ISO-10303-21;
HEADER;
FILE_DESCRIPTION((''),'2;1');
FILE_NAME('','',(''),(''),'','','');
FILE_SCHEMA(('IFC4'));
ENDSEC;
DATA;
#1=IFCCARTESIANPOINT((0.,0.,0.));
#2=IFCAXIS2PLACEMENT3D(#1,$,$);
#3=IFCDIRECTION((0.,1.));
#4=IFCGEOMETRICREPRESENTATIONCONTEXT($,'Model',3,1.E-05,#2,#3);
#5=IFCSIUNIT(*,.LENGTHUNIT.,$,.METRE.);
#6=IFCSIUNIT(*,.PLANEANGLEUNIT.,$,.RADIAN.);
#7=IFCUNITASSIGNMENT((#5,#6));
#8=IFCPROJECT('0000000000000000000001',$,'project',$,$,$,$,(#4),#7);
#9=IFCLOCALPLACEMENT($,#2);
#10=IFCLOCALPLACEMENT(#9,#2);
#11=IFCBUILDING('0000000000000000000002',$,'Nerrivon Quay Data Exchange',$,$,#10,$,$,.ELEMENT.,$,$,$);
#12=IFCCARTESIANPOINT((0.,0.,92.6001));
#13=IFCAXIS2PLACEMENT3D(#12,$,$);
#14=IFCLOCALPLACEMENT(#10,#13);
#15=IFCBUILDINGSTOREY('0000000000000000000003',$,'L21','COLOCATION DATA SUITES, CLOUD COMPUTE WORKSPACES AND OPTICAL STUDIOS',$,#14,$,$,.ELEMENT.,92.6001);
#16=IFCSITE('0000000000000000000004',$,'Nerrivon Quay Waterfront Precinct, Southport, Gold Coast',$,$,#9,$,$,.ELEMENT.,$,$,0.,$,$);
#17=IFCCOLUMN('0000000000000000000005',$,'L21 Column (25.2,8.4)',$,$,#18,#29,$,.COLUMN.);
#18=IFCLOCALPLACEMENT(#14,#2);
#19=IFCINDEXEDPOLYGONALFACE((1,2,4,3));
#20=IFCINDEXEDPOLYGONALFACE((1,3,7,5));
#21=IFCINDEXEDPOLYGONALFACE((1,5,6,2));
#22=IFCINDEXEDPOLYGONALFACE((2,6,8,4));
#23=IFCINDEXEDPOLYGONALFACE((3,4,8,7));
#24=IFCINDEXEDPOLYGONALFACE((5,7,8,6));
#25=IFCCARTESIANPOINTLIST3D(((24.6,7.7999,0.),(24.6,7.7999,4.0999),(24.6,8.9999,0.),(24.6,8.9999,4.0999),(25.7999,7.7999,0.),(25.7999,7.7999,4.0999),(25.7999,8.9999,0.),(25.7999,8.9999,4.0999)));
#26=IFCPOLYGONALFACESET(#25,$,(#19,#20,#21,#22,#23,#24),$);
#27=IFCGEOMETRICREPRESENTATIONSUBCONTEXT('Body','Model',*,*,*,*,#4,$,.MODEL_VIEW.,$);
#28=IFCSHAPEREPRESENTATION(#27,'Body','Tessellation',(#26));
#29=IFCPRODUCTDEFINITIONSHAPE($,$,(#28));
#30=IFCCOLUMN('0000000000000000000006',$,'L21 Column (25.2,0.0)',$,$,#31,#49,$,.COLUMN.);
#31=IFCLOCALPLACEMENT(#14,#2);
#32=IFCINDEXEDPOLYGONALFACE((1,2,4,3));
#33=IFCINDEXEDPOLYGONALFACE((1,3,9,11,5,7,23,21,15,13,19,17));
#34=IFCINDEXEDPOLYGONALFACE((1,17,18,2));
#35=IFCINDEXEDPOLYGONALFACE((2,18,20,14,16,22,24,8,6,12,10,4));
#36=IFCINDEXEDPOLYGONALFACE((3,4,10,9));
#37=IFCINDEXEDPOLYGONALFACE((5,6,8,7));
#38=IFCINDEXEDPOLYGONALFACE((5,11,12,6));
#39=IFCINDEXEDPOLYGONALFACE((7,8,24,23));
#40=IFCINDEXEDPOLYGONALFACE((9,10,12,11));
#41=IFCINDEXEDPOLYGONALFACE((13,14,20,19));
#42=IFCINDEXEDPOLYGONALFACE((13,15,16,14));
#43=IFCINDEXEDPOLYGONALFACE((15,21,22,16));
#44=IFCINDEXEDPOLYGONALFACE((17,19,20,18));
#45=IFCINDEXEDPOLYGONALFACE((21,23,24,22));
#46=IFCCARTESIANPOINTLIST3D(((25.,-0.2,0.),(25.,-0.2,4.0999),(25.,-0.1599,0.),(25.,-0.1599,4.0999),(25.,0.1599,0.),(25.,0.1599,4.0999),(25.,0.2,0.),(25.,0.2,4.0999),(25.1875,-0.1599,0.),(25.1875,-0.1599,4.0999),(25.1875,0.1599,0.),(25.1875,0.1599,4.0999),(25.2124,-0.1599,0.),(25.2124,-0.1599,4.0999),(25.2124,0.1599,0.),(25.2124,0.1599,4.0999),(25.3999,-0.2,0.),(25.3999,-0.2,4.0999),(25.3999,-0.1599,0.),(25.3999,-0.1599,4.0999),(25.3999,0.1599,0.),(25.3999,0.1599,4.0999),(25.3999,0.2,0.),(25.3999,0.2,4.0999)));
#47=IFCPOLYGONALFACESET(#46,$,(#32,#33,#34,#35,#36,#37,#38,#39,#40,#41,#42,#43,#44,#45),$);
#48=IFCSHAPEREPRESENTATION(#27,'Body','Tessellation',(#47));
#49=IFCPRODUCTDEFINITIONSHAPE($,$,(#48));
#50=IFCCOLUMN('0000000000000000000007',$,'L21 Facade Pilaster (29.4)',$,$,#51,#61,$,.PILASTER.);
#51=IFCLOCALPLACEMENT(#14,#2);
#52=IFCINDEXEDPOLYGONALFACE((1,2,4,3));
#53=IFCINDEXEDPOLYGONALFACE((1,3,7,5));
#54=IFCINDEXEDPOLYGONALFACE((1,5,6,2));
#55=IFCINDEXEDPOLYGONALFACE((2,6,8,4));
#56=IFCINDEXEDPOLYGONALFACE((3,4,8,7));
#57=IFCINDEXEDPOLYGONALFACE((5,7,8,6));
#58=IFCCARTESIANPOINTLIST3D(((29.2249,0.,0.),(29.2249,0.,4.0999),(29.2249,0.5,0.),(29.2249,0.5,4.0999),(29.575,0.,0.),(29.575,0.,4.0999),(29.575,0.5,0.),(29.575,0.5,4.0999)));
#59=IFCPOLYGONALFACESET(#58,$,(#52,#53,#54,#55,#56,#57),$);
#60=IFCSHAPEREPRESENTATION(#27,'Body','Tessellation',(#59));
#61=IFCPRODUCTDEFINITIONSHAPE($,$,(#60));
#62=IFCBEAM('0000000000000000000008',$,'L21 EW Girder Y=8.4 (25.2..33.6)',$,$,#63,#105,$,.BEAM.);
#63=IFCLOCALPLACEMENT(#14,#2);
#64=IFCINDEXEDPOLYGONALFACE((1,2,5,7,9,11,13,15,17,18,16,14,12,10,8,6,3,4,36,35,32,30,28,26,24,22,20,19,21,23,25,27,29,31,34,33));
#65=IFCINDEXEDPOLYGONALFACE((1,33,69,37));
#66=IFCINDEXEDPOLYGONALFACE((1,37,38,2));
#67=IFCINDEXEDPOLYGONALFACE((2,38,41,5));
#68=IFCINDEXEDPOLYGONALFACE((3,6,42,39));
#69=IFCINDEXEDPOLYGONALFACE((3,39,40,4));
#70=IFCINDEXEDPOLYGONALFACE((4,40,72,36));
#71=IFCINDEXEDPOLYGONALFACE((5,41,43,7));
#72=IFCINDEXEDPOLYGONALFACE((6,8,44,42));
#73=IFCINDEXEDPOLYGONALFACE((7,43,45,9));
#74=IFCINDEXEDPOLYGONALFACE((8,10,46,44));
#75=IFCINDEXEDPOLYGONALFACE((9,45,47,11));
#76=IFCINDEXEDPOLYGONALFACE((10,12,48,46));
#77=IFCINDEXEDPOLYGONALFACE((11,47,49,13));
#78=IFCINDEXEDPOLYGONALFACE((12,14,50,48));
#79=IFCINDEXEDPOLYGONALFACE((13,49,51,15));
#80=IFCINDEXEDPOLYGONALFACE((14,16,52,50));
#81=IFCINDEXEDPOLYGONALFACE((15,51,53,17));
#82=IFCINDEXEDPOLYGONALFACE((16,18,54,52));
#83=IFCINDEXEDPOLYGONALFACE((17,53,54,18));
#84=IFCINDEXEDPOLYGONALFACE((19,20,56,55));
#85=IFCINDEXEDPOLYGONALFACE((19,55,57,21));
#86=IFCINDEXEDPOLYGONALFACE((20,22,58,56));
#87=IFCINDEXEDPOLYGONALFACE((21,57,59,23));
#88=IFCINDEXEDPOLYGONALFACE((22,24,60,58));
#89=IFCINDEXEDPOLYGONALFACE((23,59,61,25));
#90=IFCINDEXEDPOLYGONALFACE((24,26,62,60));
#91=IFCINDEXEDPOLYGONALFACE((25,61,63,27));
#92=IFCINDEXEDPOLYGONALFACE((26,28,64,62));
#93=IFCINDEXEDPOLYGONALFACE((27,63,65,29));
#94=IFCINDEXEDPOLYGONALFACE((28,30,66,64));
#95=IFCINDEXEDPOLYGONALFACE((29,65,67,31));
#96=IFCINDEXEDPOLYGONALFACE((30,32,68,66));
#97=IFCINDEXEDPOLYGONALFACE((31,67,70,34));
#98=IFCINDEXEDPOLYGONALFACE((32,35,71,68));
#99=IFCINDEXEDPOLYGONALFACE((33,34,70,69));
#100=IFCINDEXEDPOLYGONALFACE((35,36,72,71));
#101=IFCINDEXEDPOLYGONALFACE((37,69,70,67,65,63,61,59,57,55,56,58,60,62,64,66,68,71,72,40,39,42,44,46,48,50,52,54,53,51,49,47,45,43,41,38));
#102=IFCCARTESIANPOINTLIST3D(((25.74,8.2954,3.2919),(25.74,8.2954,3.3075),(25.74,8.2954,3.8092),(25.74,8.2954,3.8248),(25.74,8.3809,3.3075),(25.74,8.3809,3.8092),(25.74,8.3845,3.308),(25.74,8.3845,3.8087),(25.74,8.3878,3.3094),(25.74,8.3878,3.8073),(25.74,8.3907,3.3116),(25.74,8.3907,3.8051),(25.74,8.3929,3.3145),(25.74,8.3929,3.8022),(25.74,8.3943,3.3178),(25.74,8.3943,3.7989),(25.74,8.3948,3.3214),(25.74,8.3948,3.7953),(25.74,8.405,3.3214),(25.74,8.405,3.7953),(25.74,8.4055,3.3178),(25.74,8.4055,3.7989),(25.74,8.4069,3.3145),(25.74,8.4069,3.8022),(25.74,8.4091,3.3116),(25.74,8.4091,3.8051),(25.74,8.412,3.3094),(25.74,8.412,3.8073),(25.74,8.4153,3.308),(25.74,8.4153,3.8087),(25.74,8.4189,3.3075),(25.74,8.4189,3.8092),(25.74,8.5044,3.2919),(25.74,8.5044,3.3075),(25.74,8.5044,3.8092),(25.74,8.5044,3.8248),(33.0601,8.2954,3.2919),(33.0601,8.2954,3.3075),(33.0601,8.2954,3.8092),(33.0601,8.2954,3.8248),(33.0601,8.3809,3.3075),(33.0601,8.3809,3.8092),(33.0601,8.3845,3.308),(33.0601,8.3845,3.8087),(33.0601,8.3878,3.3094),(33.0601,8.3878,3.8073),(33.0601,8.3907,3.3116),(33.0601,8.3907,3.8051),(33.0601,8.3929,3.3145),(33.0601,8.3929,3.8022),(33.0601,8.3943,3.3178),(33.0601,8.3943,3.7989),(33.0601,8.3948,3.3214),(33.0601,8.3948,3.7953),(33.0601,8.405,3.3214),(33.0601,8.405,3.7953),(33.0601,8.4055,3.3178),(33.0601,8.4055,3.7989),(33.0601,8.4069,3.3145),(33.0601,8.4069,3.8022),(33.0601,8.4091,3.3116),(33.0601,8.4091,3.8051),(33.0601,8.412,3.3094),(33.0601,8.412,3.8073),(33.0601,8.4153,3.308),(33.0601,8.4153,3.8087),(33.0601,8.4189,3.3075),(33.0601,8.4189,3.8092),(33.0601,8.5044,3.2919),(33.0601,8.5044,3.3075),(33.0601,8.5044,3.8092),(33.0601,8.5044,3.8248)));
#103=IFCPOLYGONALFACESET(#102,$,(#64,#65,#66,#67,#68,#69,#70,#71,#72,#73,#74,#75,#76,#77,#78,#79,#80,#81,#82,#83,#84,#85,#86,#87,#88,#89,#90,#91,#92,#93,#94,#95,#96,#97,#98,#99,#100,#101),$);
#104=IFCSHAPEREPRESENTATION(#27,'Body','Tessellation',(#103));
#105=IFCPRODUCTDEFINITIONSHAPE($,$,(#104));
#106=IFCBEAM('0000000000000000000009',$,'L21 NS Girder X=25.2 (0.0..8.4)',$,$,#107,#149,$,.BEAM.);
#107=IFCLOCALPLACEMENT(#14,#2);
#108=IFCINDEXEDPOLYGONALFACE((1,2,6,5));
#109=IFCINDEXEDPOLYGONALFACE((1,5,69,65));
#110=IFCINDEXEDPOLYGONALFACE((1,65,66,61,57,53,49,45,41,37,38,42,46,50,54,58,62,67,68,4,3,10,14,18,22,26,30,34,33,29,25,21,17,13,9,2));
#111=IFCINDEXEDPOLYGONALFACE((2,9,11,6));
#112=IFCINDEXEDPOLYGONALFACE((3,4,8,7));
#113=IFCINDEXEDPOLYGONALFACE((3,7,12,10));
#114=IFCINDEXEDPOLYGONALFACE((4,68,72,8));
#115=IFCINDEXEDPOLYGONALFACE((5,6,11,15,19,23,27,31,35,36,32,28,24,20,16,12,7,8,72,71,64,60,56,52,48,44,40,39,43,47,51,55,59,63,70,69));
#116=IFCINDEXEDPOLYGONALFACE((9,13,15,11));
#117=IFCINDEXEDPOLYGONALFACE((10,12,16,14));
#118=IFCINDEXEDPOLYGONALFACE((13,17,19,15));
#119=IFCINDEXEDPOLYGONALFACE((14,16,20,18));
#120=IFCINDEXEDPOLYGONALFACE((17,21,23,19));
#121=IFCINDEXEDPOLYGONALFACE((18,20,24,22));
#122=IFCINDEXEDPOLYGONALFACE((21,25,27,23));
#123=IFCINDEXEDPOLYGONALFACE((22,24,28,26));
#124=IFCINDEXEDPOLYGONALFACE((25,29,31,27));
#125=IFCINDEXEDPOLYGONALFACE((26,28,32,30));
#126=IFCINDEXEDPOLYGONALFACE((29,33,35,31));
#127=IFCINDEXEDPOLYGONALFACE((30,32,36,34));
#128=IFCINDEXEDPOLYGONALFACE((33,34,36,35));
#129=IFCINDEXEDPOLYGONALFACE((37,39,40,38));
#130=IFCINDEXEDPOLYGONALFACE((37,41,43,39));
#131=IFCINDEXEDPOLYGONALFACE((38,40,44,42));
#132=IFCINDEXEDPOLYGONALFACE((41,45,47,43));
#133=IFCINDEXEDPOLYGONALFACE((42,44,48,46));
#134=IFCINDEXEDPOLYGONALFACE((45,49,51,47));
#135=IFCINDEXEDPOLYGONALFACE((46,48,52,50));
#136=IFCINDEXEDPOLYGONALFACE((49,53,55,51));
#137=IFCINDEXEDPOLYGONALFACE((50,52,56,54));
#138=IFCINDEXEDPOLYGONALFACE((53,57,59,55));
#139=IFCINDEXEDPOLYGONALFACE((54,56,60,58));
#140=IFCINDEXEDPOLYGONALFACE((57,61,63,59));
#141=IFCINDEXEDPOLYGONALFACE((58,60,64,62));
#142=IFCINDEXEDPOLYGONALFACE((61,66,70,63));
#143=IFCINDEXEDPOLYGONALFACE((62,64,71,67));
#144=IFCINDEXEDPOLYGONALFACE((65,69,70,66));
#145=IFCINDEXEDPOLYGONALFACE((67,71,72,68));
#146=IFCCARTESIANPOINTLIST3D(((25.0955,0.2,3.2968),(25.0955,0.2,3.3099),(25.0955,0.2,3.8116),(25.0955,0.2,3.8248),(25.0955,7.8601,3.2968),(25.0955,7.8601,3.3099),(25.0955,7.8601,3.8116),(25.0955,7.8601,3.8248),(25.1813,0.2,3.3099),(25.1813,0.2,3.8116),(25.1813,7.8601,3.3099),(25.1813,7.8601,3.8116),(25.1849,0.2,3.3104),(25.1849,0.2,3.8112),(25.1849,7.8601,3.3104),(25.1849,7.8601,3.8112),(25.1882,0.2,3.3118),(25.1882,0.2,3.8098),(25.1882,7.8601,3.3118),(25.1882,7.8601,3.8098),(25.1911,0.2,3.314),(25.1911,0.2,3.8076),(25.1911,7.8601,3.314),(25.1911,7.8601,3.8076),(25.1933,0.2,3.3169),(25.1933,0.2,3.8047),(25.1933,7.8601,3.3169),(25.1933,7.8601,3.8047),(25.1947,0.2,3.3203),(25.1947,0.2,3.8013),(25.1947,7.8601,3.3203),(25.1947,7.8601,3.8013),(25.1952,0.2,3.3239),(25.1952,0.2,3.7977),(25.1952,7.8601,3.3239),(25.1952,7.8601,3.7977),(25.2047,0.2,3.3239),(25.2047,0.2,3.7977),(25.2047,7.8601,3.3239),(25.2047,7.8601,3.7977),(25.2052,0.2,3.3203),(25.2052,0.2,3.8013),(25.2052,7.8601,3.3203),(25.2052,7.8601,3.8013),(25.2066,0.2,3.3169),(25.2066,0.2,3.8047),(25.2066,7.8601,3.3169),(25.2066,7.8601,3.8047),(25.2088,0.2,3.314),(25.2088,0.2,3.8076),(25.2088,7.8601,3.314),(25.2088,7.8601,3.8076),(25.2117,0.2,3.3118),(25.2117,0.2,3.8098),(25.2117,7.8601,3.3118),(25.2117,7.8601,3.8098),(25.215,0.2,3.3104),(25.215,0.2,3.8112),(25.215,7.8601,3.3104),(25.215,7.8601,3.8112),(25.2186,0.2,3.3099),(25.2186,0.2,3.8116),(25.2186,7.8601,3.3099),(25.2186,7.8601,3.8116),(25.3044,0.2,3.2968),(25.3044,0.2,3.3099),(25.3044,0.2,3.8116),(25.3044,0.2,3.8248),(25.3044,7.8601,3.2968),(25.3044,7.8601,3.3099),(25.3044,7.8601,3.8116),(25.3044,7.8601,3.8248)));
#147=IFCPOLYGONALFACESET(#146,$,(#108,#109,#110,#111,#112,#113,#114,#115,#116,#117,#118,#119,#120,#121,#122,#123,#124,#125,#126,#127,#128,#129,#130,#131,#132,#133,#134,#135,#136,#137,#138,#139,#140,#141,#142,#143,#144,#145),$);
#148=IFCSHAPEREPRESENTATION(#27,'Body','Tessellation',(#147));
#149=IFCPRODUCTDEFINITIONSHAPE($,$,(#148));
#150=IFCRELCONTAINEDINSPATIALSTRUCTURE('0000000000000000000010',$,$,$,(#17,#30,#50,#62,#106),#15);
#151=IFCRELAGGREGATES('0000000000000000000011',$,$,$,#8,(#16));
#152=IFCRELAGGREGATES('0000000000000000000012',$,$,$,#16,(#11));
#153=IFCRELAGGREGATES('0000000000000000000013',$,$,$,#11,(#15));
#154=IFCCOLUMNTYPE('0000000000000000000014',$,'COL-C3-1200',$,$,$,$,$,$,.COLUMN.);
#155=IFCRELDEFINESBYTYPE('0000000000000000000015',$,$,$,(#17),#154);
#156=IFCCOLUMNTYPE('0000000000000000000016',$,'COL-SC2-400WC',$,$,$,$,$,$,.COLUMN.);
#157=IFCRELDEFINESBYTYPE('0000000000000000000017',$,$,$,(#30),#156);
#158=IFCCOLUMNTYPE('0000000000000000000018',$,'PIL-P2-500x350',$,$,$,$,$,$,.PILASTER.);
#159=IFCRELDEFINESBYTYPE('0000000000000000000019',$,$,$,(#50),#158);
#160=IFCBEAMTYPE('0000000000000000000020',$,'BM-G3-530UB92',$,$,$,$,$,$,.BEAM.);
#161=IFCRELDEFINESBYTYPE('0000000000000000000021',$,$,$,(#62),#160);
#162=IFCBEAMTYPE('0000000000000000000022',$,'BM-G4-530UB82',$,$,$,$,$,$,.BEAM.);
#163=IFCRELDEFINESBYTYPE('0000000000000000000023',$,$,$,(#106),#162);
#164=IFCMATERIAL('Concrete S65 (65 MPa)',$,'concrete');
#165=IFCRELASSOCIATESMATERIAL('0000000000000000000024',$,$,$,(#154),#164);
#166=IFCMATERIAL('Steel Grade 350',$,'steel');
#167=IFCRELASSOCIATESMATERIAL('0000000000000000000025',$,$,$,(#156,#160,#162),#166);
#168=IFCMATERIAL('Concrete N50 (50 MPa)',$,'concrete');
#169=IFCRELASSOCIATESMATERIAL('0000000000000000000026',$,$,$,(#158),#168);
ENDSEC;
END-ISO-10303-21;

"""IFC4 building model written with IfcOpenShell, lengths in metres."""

from ifc_helpers import new_model, si_unit, direction, frame, origin, origin_2d, place, context, subcontext, project, spatial, rectangle, i_section, extrude, material, material_profile, profile_set, type_object, element, save


model = new_model("IFC4")

# Units and contexts
model_context = context("Model", 3, precision=1e-05, world=origin(), true_north=direction((0.0, 1.0)))
body_context = subcontext(model_context, "Body", "Model", "MODEL_VIEW")
ifc_project = project(units=[si_unit("LENGTHUNIT", "METRE"), si_unit("PLANEANGLEUNIT", "RADIAN")], contexts=[model_context])

# Site, building, storey
site_placement = place(None, origin())
site = spatial("IfcSite", under=ifc_project, at=site_placement, Name="Nerrivon Quay Waterfront Precinct, Southport, Gold Coast", CompositionType="ELEMENT", RefElevation=0.0)
building_placement = place(site_placement, origin())
building = spatial("IfcBuilding", under=site, at=building_placement, Name="Nerrivon Quay Data Exchange", CompositionType="ELEMENT")
storey_placement = place(building_placement, frame((0.0, 0.0, 92.6001)))
storey = spatial("IfcBuildingStorey", under=building, at=storey_placement, Name="L21", Description="COLOCATION DATA SUITES, CLOUD COMPUTE WORKSPACES AND OPTICAL STUDIOS", CompositionType="ELEMENT", Elevation=92.6001)

# Columns
ifc_material_1 = material(Name="Concrete S65 (65 MPa)", Category="concrete")
ifc_material_profile_1 = material_profile(ifc_material_1, rectangle(XDim=1.2, YDim=1.2, at=origin_2d()), Name="RC-COL-1200x1200")
ifc_profile_set_1 = profile_set([ifc_material_profile_1], Name="Concrete S65 (65 MPa)")
column_type_1 = type_object("IfcColumnType", Name="COL-C3-1200", PredefinedType="COLUMN", material=ifc_profile_set_1)
column_1_placement = place(storey_placement, frame((25.2, 8.3999, 0.0), z_axis=(0.0, 0.0, 1.0), x_axis=(1.0, 0.0, 0.0)))
element("IfcColumn", 1, at=column_1_placement, inside=storey, type_object=column_type_1, Name="L21 Column (25.2,8.4)", PredefinedType="COLUMN", context=body_context, shape_type="SweptSolid", body=[
    extrude(rectangle(XDim=1.2, YDim=1.2, at=origin_2d()), origin(), (0.0, 0.0, 1.0), 4.0999),
])
ifc_material_2 = material(Name="Steel Grade 350", Category="steel")
ifc_material_profile_2 = material_profile(ifc_material_2, i_section(OverallWidth=0.3999, OverallDepth=0.3999, WebThickness=0.0249, FlangeThickness=0.04, at=origin_2d()), Name="400WC328")
ifc_profile_set_2 = profile_set([ifc_material_profile_2], Name="Steel Grade 350")
column_type_2 = type_object("IfcColumnType", Name="COL-SC2-400WC", PredefinedType="COLUMN", material=ifc_profile_set_2)
column_2_placement = place(storey_placement, frame((25.2, 0.0, 0.0), z_axis=(0.0, 0.0, 1.0), x_axis=(1.0, 0.0, 0.0)))
element("IfcColumn", 2, at=column_2_placement, inside=storey, type_object=column_type_2, Name="L21 Column (25.2,0.0)", PredefinedType="COLUMN", context=body_context, shape_type="SweptSolid", body=[
    extrude(i_section(OverallWidth=0.3999, OverallDepth=0.3999, WebThickness=0.0249, FlangeThickness=0.04, at=origin_2d()), origin(), (0.0, 0.0, 1.0), 4.0999),
])
ifc_material_3 = material(Name="Concrete N50 (50 MPa)", Category="concrete")
ifc_material_profile_3 = material_profile(ifc_material_3, rectangle(XDim=0.3501, YDim=0.5, at=origin_2d()), Name="RC-PIL-500x350")
ifc_profile_set_3 = profile_set([ifc_material_profile_3], Name="Concrete N50 (50 MPa)")
column_type_3 = type_object("IfcColumnType", Name="PIL-P2-500x350", PredefinedType="PILASTER", material=ifc_profile_set_3)
column_3_placement = place(storey_placement, frame((29.3999, 0.25, 0.0), z_axis=(0.0, 0.0, 1.0), x_axis=(1.0, 0.0, 0.0)))
element("IfcColumn", 3, at=column_3_placement, inside=storey, type_object=column_type_3, Name="L21 Facade Pilaster (29.4)", PredefinedType="PILASTER", context=body_context, shape_type="SweptSolid", body=[
    extrude(rectangle(XDim=0.3501, YDim=0.5, at=origin_2d()), origin(), (0.0, 0.0, 1.0), 4.0999),
])

# Beams
ifc_material_profile_4 = material_profile(ifc_material_2, i_section(OverallWidth=0.209, OverallDepth=0.533, WebThickness=0.0103, FlangeThickness=0.0156, FilletRadius=0.0139, at=origin_2d()), Name="530UB92.4")
ifc_profile_set_4 = profile_set([ifc_material_profile_4], Name="Steel Grade 350")
beam_type_1 = type_object("IfcBeamType", Name="BM-G3-530UB92", PredefinedType="BEAM", material=ifc_profile_set_4)
beam_1_placement = place(storey_placement, frame((25.74, 8.3999, 3.5583), z_axis=(1.0, 0.0, 0.0), x_axis=(0.0, 1.0, 0.0)))
element("IfcBeam", 4, at=beam_1_placement, inside=storey, type_object=beam_type_1, Name="L21 EW Girder Y=8.4 (25.2..33.6)", PredefinedType="BEAM", context=body_context, shape_type="SweptSolid", body=[
    extrude(i_section(OverallWidth=0.209, OverallDepth=0.533, WebThickness=0.0103, FlangeThickness=0.0156, FilletRadius=0.0139, at=origin_2d()), origin(), (0.0, 0.0, 1.0), 7.3201),
])
ifc_material_profile_5 = material_profile(ifc_material_2, i_section(OverallWidth=0.209, OverallDepth=0.5281, WebThickness=0.0095, FlangeThickness=0.0132, FilletRadius=0.0139, at=origin_2d()), Name="530UB82.0")
ifc_profile_set_5 = profile_set([ifc_material_profile_5], Name="Steel Grade 350")
beam_type_2 = type_object("IfcBeamType", Name="BM-G4-530UB82", PredefinedType="BEAM", material=ifc_profile_set_5)
beam_2_placement = place(storey_placement, frame((25.2, 0.2, 3.5608), z_axis=(0.0, 1.0, 0.0), x_axis=(-1.0, 0.0, 0.0)))
element("IfcBeam", 5, at=beam_2_placement, inside=storey, type_object=beam_type_2, Name="L21 NS Girder X=25.2 (0.0..8.4)", PredefinedType="BEAM", context=body_context, shape_type="SweptSolid", body=[
    extrude(i_section(OverallWidth=0.209, OverallDepth=0.5281, WebThickness=0.0095, FlangeThickness=0.0132, FilletRadius=0.0139, at=origin_2d()), origin(), (0.0, 0.0, 1.0), 7.6602),
])

save(model, "model.ifc")
